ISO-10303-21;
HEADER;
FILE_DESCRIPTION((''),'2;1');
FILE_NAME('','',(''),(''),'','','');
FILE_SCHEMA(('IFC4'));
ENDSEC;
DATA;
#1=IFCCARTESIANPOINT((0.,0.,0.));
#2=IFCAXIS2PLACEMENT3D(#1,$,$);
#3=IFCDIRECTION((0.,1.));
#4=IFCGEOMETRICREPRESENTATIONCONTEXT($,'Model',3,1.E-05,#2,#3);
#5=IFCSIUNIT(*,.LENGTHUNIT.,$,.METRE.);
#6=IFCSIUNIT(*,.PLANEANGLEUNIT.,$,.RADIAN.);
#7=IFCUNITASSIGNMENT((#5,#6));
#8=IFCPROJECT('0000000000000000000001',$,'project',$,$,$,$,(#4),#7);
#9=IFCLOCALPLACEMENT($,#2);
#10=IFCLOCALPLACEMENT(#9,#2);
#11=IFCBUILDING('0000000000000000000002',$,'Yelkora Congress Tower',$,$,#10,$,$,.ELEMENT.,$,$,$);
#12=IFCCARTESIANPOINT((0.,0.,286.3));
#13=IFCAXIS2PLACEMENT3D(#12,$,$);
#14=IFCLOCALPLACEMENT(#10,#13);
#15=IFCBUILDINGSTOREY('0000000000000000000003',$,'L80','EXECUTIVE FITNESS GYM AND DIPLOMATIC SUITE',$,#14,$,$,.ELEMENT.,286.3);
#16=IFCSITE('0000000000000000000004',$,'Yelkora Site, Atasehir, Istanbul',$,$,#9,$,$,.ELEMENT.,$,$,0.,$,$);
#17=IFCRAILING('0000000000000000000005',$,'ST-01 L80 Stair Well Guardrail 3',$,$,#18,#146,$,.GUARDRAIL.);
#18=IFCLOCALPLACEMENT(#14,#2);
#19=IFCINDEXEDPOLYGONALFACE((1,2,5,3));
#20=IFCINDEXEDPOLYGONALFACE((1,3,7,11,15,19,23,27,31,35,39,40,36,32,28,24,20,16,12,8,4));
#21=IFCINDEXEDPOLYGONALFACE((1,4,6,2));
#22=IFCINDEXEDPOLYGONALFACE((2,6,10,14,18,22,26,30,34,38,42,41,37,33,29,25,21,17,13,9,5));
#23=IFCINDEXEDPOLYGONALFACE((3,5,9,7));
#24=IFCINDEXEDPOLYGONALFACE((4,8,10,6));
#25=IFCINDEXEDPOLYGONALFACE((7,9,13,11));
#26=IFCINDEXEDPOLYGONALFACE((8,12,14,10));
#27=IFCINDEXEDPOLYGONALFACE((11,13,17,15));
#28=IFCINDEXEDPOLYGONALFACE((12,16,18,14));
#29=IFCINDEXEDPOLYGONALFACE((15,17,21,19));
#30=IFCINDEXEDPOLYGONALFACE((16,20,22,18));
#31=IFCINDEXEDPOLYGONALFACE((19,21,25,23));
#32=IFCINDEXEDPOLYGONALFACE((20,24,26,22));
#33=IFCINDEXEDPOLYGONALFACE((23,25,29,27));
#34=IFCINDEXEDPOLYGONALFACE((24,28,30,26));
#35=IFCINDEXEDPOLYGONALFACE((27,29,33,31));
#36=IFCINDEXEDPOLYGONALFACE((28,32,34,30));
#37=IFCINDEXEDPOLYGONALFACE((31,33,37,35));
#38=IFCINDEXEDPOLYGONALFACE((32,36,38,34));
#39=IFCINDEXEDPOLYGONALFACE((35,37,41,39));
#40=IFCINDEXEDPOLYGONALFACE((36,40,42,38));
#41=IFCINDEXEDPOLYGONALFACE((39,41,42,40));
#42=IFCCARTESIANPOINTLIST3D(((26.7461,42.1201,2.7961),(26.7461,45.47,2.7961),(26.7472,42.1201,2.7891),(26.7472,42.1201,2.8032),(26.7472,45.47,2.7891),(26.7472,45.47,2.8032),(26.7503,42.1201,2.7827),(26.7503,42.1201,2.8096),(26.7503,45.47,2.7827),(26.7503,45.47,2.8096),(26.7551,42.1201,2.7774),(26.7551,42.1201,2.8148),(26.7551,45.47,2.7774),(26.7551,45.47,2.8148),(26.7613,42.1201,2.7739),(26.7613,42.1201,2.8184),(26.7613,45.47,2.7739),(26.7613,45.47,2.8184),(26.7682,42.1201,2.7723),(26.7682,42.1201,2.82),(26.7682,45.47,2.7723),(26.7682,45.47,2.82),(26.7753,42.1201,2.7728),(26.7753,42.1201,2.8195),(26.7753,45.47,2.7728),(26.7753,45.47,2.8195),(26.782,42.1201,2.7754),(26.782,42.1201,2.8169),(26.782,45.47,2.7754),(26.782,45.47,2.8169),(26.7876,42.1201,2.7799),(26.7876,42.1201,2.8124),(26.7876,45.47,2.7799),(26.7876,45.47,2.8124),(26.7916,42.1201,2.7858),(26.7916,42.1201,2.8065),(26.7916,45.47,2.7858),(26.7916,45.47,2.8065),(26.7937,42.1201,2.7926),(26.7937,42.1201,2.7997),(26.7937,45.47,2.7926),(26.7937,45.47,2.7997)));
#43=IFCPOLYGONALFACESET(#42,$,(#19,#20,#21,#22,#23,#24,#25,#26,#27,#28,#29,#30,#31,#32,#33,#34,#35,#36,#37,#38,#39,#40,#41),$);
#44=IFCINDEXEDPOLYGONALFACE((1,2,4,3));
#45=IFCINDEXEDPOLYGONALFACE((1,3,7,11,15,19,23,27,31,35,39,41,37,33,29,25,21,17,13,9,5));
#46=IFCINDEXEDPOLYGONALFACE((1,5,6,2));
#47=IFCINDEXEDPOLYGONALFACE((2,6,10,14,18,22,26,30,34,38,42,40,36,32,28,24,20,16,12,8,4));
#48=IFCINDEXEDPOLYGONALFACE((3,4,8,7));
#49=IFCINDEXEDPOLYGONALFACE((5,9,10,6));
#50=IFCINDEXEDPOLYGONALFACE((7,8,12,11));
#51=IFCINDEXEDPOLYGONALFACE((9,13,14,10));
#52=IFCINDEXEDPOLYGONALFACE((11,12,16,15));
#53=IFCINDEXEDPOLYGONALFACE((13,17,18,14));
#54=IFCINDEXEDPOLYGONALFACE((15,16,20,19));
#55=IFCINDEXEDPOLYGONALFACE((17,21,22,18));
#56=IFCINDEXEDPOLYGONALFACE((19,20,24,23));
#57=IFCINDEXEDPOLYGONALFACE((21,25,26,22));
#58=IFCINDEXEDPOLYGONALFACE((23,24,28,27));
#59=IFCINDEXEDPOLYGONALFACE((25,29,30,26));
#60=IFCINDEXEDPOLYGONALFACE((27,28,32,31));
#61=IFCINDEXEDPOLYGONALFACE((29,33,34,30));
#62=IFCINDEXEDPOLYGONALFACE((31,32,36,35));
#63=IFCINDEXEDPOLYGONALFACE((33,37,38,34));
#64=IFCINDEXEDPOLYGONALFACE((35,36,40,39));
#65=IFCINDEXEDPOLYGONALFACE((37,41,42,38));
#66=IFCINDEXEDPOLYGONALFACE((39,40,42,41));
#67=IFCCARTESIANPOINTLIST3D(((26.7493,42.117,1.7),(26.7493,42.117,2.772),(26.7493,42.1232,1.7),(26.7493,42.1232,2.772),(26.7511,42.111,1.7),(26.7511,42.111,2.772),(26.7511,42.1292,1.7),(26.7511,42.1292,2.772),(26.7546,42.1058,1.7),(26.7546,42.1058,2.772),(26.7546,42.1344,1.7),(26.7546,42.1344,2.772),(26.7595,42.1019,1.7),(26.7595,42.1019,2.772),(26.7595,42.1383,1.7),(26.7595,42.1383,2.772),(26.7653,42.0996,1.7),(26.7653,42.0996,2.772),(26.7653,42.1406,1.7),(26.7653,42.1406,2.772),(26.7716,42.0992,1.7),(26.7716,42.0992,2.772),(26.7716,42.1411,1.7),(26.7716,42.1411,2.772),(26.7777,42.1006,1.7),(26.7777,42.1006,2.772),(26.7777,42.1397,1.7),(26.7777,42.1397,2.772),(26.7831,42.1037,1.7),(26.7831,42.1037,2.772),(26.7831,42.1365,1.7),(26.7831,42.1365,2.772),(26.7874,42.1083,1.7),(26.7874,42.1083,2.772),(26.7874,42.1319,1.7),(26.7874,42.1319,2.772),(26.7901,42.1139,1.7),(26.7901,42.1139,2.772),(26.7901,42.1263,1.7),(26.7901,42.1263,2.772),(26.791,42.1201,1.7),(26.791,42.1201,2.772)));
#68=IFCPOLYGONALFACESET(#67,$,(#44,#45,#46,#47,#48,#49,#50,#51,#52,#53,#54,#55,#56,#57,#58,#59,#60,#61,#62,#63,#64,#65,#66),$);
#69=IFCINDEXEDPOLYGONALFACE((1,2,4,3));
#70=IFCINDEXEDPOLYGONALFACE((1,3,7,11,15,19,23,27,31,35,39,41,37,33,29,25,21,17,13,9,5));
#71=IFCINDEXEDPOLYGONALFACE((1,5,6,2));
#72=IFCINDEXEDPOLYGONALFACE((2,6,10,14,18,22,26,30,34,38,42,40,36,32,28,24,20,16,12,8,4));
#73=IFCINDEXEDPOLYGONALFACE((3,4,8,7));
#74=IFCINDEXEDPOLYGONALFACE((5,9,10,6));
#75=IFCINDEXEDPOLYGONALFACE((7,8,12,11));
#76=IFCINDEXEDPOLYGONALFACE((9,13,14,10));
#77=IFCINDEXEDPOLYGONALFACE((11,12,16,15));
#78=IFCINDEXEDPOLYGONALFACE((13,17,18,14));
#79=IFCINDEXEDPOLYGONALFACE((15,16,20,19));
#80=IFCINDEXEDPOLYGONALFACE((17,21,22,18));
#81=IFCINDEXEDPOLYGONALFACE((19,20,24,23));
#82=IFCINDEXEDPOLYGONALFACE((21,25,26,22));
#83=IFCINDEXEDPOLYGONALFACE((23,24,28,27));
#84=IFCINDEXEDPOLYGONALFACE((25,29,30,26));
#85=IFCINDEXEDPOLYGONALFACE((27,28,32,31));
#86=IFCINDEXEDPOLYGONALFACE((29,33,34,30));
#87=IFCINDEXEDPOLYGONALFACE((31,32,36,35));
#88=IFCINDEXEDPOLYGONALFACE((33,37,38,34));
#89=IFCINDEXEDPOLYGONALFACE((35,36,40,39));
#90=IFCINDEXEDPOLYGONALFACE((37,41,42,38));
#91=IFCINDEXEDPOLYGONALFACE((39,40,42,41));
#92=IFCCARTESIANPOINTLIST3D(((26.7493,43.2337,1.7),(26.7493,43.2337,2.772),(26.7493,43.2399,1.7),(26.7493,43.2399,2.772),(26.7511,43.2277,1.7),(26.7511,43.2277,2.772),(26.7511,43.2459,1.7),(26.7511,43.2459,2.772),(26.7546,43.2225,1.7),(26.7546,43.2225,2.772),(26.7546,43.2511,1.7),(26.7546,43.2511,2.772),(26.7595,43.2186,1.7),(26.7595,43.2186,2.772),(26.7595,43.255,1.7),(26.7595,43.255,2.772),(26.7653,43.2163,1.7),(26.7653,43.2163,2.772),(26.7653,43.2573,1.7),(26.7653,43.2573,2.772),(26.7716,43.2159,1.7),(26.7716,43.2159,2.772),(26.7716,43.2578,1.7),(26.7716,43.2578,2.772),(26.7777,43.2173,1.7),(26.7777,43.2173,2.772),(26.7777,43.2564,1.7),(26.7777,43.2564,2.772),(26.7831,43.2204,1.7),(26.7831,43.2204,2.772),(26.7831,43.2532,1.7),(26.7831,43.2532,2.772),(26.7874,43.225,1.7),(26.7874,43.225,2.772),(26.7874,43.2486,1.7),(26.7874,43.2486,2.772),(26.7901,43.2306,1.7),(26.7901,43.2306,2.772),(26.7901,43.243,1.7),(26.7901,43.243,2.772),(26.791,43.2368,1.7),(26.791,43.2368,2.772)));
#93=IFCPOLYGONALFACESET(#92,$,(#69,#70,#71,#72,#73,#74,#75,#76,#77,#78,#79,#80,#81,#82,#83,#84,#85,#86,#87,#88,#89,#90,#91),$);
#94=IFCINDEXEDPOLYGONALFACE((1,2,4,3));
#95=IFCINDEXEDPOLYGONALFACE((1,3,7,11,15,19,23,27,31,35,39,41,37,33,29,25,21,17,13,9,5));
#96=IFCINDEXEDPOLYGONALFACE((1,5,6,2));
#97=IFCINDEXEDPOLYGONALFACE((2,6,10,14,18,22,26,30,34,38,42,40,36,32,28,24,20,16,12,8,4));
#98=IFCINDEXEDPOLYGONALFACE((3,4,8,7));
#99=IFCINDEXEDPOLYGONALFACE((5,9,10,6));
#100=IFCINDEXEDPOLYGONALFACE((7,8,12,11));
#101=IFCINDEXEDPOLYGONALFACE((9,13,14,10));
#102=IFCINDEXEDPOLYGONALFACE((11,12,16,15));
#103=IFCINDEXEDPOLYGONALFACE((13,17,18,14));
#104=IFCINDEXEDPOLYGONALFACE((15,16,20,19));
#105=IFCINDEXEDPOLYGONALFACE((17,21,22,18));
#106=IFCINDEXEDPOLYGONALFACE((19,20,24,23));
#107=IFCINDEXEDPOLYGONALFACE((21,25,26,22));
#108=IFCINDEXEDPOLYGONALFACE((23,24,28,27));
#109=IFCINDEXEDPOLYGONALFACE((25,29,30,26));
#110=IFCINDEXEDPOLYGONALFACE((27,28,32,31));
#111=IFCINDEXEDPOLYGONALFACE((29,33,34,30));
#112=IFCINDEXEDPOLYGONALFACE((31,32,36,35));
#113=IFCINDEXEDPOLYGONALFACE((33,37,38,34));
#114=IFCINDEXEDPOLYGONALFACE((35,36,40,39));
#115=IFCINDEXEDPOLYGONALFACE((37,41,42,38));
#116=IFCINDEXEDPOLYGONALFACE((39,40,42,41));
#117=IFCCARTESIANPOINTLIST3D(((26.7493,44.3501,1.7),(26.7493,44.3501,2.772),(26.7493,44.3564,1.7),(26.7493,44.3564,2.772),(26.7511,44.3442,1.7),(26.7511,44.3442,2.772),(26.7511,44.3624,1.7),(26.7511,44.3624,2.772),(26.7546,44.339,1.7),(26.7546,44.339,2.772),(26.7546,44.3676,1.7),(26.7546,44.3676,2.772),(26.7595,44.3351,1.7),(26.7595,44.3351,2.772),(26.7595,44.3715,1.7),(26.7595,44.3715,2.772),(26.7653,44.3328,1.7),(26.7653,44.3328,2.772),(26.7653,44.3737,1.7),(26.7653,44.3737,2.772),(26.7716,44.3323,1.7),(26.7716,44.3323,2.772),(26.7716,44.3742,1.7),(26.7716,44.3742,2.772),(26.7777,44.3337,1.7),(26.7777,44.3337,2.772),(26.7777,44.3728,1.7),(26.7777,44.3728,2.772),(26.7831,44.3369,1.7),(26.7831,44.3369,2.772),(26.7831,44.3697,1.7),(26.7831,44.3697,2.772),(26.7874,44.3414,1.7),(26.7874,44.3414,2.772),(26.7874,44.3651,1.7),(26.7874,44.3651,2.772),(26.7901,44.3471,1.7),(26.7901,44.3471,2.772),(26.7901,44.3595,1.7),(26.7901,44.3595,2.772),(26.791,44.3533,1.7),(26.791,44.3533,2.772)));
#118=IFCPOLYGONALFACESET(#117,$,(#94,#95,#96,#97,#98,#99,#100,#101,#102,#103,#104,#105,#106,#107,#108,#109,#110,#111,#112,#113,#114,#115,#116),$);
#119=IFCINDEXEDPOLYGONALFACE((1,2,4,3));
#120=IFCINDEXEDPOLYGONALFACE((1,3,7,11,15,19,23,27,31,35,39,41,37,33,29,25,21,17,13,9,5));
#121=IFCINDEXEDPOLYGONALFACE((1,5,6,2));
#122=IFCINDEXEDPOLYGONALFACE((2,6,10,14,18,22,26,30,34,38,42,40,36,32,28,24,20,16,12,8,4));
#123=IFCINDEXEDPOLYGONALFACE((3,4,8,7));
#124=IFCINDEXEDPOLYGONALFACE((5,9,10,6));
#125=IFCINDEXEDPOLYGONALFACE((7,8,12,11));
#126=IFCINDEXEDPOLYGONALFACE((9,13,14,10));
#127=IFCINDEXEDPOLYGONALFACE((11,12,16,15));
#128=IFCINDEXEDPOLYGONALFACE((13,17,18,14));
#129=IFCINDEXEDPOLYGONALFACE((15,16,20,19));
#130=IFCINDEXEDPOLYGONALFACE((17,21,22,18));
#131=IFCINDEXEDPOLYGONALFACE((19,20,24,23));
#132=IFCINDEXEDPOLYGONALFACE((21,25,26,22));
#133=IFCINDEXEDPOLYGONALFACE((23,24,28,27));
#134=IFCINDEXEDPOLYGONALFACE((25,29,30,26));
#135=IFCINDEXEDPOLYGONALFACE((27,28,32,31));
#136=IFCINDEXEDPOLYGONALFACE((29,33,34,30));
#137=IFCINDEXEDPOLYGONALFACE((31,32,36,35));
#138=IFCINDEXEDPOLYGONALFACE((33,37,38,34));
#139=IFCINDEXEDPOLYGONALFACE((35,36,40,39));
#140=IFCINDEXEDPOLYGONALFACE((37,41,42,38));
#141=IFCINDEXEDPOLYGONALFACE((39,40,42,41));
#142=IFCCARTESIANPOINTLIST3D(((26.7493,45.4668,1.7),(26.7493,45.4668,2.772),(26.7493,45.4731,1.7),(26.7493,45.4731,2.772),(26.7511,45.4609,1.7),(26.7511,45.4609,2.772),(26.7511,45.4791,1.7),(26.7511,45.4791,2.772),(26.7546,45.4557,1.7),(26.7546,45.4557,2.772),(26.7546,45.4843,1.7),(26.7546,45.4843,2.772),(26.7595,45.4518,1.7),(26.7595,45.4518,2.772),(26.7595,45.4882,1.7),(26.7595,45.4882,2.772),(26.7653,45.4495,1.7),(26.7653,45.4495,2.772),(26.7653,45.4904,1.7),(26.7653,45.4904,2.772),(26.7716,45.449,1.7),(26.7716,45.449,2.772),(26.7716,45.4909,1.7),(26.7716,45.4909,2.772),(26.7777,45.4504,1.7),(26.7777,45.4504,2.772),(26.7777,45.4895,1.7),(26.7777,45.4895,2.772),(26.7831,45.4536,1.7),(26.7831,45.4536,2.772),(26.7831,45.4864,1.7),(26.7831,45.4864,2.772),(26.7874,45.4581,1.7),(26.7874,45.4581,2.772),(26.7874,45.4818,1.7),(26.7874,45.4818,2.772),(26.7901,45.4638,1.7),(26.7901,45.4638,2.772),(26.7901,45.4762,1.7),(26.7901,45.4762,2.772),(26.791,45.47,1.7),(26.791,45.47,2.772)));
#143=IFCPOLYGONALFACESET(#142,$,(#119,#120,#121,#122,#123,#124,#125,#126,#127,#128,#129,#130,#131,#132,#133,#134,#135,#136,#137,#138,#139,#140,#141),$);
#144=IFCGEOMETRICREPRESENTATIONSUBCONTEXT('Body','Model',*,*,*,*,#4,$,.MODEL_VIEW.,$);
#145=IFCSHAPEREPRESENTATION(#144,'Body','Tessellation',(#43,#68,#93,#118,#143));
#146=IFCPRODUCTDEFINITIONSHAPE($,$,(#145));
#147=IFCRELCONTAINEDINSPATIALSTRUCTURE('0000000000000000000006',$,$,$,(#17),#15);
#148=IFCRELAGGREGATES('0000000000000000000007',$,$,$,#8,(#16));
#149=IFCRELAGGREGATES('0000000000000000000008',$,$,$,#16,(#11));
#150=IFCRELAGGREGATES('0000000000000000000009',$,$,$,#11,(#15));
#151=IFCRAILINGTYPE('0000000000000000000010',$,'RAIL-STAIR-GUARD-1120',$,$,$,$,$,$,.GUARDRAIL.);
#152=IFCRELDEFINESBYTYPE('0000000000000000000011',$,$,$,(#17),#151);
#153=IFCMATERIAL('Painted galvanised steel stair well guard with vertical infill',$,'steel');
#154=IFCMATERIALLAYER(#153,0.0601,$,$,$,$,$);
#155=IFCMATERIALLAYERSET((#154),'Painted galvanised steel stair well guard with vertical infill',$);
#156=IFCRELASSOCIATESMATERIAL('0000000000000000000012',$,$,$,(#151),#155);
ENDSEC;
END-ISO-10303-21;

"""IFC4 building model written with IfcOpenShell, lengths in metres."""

from ifc_helpers import new_model, si_unit, direction, frame, origin, origin_2d, place, context, subcontext, project, spatial, circle, extrude, material, layer, layer_set, type_object, element, save


model = new_model("IFC4")

# Units and contexts
model_context = context("Model", 3, precision=1e-05, world=origin(), true_north=direction((0.0, 1.0)))
body_context = subcontext(model_context, "Body", "Model", "MODEL_VIEW")
ifc_project = project(units=[si_unit("LENGTHUNIT", "METRE"), si_unit("PLANEANGLEUNIT", "RADIAN")], contexts=[model_context])

# Site, building, storey
site_placement = place(None, origin())
site = spatial("IfcSite", under=ifc_project, at=site_placement, Name="Yelkora Site, Atasehir, Istanbul", CompositionType="ELEMENT", RefElevation=0.0)
building_placement = place(site_placement, origin())
building = spatial("IfcBuilding", under=site, at=building_placement, Name="Yelkora Congress Tower", CompositionType="ELEMENT")
storey_placement = place(building_placement, frame((0.0, 0.0, 286.3)))
storey = spatial("IfcBuildingStorey", under=building, at=storey_placement, Name="L80", Description="EXECUTIVE FITNESS GYM AND DIPLOMATIC SUITE", CompositionType="ELEMENT", Elevation=286.3)

# Railing
ifc_material_1 = material(Name="Painted galvanised steel stair well guard with vertical infill", Category="steel")
ifc_layer_1 = layer(ifc_material_1, 0.0601)
ifc_layer_set_1 = layer_set([ifc_layer_1], Name="Painted galvanised steel stair well guard with vertical infill")
railing_type = type_object("IfcRailingType", Name="RAIL-STAIR-GUARD-1120", PredefinedType="GUARDRAIL", material=ifc_layer_set_1)
railing_1_placement = place(storey_placement, frame((26.77, 42.1201, 1.7)))
element("IfcRailing", 1, at=railing_1_placement, inside=storey, type_object=railing_type, Name="ST-01 L80 Stair Well Guardrail 3", PredefinedType="GUARDRAIL", context=body_context, shape_type="SweptSolid", body=[
    extrude(circle(Radius=0.0239, at=origin_2d()), frame((0.0, 0.0, 1.0962), z_axis=(0.0, 1.0, 0.0), x_axis=(-1.0, 0.0, 0.0)), (0.0, 0.0, 1.0), 3.3499),
    extrude(circle(Radius=0.021, at=origin_2d()), origin(), (0.0, 0.0, 1.0), 1.072),
    extrude(circle(Radius=0.021, at=origin_2d()), frame((0.0, 1.1167, 0.0)), (0.0, 0.0, 1.0), 1.072),
    extrude(circle(Radius=0.021, at=origin_2d()), frame((0.0, 2.2332, 0.0)), (0.0, 0.0, 1.0), 1.072),
    extrude(circle(Radius=0.021, at=origin_2d()), frame((0.0, 3.3499, 0.0)), (0.0, 0.0, 1.0), 1.072),
])

save(model, "model.ifc")
